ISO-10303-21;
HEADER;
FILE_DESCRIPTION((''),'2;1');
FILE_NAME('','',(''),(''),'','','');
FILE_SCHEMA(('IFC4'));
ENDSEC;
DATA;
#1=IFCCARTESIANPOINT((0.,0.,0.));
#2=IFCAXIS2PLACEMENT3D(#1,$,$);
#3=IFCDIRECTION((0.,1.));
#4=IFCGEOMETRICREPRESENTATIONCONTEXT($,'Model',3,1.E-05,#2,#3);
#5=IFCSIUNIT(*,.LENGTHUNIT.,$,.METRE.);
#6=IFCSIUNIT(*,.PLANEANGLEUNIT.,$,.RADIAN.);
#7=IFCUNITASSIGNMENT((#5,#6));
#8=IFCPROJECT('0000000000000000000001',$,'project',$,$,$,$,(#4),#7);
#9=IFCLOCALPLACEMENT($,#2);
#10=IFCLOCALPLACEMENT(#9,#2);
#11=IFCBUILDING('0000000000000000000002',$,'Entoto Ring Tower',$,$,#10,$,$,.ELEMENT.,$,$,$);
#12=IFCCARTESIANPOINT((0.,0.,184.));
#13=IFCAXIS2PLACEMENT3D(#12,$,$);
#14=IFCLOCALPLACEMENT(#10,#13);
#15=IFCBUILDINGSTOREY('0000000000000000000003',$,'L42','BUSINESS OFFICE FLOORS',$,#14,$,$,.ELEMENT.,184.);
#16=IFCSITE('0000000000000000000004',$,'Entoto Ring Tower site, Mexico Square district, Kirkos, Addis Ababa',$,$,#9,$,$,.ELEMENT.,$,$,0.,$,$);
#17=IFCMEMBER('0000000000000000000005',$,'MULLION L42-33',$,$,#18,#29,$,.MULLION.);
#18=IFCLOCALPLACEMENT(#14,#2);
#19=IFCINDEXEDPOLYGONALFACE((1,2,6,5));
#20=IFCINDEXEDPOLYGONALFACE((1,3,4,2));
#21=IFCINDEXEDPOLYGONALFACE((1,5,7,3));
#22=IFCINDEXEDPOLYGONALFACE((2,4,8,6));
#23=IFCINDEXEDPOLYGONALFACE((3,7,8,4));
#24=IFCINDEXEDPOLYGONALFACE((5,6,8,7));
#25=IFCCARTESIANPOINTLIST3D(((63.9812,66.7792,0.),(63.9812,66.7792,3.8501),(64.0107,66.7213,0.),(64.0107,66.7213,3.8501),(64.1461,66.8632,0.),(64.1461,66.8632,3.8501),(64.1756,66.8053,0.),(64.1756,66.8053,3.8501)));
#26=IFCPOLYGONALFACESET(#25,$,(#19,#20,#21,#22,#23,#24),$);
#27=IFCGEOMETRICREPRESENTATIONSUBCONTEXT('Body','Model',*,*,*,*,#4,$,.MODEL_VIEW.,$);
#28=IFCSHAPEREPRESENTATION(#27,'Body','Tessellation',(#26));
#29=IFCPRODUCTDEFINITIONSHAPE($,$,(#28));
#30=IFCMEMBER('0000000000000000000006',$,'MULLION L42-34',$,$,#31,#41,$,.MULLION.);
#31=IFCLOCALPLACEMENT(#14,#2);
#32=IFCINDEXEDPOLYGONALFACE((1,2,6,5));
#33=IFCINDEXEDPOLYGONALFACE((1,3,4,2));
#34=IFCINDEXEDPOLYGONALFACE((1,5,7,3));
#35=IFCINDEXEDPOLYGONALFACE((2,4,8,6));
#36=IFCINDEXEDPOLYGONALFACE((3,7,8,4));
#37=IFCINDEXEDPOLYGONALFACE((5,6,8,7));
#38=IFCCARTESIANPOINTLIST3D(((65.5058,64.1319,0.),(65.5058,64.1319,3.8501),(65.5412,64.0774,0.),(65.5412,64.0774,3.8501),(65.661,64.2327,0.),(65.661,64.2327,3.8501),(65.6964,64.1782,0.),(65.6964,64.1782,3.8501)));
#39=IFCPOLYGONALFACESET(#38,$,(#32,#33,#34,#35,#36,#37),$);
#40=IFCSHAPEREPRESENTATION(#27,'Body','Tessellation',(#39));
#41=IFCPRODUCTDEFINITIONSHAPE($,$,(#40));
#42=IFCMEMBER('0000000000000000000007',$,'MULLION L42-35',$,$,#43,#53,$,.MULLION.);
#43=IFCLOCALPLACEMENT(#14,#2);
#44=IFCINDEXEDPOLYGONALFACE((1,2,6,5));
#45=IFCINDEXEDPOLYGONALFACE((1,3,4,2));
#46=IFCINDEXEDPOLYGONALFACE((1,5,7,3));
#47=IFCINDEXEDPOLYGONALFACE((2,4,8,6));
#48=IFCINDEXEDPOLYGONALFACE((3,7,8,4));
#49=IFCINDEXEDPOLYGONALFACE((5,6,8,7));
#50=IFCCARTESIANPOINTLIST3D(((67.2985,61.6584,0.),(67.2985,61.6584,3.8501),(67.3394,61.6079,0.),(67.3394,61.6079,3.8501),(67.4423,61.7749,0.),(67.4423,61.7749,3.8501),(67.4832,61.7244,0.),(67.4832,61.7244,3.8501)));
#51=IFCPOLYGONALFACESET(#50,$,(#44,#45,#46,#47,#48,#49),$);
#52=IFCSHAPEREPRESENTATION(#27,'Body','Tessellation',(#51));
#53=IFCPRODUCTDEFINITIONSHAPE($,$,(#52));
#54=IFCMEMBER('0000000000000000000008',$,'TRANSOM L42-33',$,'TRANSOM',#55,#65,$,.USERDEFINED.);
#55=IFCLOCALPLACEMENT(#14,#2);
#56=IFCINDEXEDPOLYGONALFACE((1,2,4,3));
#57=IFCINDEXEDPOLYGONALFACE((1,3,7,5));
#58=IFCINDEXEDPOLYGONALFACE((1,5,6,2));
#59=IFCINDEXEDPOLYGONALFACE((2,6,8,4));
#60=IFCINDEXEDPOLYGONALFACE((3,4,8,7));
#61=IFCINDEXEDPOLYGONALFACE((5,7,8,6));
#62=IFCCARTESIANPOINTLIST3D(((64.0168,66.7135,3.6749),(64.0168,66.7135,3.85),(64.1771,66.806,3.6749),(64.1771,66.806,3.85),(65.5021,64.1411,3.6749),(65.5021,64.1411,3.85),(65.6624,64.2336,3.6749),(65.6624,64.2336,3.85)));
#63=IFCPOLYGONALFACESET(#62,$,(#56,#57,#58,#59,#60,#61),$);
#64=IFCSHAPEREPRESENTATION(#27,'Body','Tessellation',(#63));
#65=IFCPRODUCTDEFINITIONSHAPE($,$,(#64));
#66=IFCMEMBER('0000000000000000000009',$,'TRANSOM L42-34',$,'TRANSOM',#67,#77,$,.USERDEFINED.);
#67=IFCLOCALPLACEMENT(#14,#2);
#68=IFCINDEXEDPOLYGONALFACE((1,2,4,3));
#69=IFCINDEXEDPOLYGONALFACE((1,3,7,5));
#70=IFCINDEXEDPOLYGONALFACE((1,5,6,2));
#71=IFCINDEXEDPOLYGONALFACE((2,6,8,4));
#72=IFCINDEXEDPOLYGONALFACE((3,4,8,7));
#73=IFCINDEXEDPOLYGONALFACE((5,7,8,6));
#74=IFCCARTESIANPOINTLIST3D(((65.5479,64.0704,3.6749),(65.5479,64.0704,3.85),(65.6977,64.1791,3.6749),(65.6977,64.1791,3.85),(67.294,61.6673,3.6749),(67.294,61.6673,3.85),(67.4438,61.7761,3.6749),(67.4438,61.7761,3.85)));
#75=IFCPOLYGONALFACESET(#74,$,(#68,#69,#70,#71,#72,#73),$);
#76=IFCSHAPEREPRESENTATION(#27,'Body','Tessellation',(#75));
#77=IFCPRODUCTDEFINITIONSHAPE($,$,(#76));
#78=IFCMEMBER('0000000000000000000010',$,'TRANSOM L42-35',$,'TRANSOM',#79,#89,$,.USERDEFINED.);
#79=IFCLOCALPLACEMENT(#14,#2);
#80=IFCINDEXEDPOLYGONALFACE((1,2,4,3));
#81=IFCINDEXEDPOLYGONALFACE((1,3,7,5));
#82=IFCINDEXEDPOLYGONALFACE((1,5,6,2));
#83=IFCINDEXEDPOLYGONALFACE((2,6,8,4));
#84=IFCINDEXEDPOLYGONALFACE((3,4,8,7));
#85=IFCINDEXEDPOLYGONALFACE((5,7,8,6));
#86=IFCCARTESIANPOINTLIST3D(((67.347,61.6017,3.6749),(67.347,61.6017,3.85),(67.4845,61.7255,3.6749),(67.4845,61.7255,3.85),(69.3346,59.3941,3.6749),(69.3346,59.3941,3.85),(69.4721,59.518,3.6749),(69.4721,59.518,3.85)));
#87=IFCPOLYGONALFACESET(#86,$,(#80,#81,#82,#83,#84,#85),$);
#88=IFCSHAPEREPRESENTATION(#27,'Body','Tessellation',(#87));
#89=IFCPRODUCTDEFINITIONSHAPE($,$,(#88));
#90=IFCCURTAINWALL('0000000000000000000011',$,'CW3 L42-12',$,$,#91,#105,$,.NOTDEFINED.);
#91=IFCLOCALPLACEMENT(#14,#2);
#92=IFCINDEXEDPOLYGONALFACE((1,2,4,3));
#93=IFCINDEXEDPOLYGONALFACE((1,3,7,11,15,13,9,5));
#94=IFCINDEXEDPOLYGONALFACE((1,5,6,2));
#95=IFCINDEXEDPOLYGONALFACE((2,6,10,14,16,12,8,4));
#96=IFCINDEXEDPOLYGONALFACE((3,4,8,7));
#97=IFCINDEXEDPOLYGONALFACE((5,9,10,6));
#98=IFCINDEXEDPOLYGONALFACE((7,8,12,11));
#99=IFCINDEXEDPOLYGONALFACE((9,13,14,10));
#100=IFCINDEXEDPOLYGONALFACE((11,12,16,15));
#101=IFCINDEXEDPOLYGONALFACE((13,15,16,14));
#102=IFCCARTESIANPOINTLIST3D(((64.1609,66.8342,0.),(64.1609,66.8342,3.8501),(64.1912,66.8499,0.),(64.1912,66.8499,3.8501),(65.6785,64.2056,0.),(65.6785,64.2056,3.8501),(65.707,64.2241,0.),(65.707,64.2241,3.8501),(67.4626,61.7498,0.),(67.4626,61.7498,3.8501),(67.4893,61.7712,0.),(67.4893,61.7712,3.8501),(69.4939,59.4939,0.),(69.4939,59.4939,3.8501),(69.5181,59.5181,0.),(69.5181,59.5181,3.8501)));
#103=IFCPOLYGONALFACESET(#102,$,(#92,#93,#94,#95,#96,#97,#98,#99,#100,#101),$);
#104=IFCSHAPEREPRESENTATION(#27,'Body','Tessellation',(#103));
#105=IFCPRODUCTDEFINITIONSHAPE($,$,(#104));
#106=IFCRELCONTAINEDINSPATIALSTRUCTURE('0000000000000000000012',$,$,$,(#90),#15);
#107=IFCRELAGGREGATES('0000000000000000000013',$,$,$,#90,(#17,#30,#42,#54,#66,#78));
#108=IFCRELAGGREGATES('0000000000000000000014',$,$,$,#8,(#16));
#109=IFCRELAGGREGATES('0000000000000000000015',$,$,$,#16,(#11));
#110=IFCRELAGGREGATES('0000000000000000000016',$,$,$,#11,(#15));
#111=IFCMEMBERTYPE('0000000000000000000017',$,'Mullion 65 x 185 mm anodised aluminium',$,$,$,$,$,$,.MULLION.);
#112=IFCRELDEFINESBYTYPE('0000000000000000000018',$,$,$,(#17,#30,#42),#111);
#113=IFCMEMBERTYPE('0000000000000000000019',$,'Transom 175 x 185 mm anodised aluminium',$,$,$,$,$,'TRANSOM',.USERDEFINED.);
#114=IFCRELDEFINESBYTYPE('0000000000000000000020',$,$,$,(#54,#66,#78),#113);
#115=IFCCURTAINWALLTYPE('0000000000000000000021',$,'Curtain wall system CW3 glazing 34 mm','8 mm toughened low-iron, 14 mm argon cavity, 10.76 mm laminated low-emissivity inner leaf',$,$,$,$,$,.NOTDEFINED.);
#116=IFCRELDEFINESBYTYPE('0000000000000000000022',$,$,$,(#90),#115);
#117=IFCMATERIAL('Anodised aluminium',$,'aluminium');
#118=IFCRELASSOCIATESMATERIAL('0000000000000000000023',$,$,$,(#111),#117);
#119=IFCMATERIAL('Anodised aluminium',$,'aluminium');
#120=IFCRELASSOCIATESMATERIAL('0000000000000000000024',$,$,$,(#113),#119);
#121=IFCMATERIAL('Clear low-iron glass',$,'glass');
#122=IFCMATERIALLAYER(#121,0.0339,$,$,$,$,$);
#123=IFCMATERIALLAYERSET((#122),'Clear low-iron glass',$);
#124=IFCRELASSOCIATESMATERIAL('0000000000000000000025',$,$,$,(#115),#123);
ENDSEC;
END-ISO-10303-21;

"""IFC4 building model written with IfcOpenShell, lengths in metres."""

from ifc_helpers import new_model, si_unit, direction, frame, origin, origin_2d, place, context, subcontext, project, spatial, polyline, rectangle, outline, extrude, material, layer, layer_set, material_profile, profile_set, type_object, element, aggregate, save


model = new_model("IFC4")

# Units and contexts
model_context = context("Model", 3, precision=1e-05, world=origin(), true_north=direction((0.0, 1.0)))
body_context = subcontext(model_context, "Body", "Model", "MODEL_VIEW")
ifc_project = project(units=[si_unit("LENGTHUNIT", "METRE"), si_unit("PLANEANGLEUNIT", "RADIAN")], contexts=[model_context])

# Members
ifc_material_1 = material(Name="Anodised aluminium", Category="aluminium")
ifc_material_profile_1 = material_profile(ifc_material_1, rectangle(XDim=0.0649, YDim=0.1851, at=origin_2d()), Name="Mullion 65 x 185 mm anodised aluminium")
ifc_profile_set_1 = profile_set([ifc_material_profile_1], Name="Anodised aluminium")
member_type_1 = type_object("IfcMemberType", Name="Mullion 65 x 185 mm anodised aluminium", PredefinedType="MULLION", material=ifc_profile_set_1)
site_placement = place(None, origin())
building_placement = place(site_placement, origin())
storey_placement = place(building_placement, frame((0.0, 0.0, 184.0)))
member_1_placement = place(storey_placement, frame((64.0784, 66.7922, 0.0), z_axis=(0.0, 0.0, 1.0), x_axis=(0.45399, -0.891007, 0.0)))
member_1 = element("IfcMember", 1, at=member_1_placement, type_object=member_type_1, Name="MULLION L42-33", PredefinedType="MULLION", context=body_context, shape_type="SweptSolid", body=[
    extrude(rectangle(XDim=0.0649, YDim=0.1851, at=origin_2d()), origin(), (0.0, 0.0, 1.0), 3.8501),
])
member_2_placement = place(storey_placement, frame((65.6011, 64.155, 0.0), z_axis=(0.0, 0.0, 1.0), x_axis=(0.544639, -0.838671, 0.0)))
member_2 = element("IfcMember", 2, at=member_2_placement, type_object=member_type_1, Name="MULLION L42-34", PredefinedType="MULLION", context=body_context, shape_type="SweptSolid", body=[
    extrude(rectangle(XDim=0.0649, YDim=0.1851, at=origin_2d()), origin(), (0.0, 0.0, 1.0), 3.8501),
])
member_3_placement = place(storey_placement, frame((67.3909, 61.6914, 0.0), z_axis=(0.0, 0.0, 1.0), x_axis=(0.62932, -0.777146, 0.0)))
member_3 = element("IfcMember", 3, at=member_3_placement, type_object=member_type_1, Name="MULLION L42-35", PredefinedType="MULLION", context=body_context, shape_type="SweptSolid", body=[
    extrude(rectangle(XDim=0.0649, YDim=0.1851, at=origin_2d()), origin(), (0.0, 0.0, 1.0), 3.8501),
])
ifc_material_2 = material(Name="Anodised aluminium", Category="aluminium")
ifc_material_profile_2 = material_profile(ifc_material_2, rectangle(XDim=0.1851, YDim=0.175, at=origin_2d()), Name="Transom 175 x 185 mm anodised aluminium")
ifc_profile_set_2 = profile_set([ifc_material_profile_2], Name="Anodised aluminium")
member_type_2 = type_object("IfcMemberType", Name="Transom 175 x 185 mm anodised aluminium", ElementType="TRANSOM", PredefinedType="USERDEFINED", material=ifc_profile_set_2)
member_4_placement = place(storey_placement, frame((64.0969, 66.7598, 3.7625), z_axis=(0.500028, -0.866009, 0.0), x_axis=(0.866009, 0.500028, 0.0)))
member_4 = element("IfcMember", 4, at=member_4_placement, type_object=member_type_2, Name="TRANSOM L42-33", ObjectType="TRANSOM", PredefinedType="USERDEFINED", context=body_context, shape_type="SweptSolid", body=[
    extrude(rectangle(XDim=0.1851, YDim=0.175, at=origin_2d()), origin(), (0.0, 0.0, 1.0), 2.9705),
])
member_5_placement = place(storey_placement, frame((65.6228, 64.1248, 3.7625), z_axis=(0.58782, -0.808992, 0.0), x_axis=(0.808992, 0.58782, 0.0)))
member_5 = element("IfcMember", 5, at=member_5_placement, type_object=member_type_2, Name="TRANSOM L42-34", ObjectType="TRANSOM", PredefinedType="USERDEFINED", context=body_context, shape_type="SweptSolid", body=[
    extrude(rectangle(XDim=0.1851, YDim=0.175, at=origin_2d()), origin(), (0.0, 0.0, 1.0), 2.9705),
])
member_6_placement = place(storey_placement, frame((67.4158, 61.6636, 3.7625), z_axis=(0.66911, -0.743163, 0.0), x_axis=(0.743163, 0.66911, 0.0)))
member_6 = element("IfcMember", 6, at=member_6_placement, type_object=member_type_2, Name="TRANSOM L42-35", ObjectType="TRANSOM", PredefinedType="USERDEFINED", context=body_context, shape_type="SweptSolid", body=[
    extrude(rectangle(XDim=0.1851, YDim=0.175, at=origin_2d()), origin(), (0.0, 0.0, 1.0), 2.9705),
])

# Site, building, storey
site = spatial("IfcSite", under=ifc_project, at=site_placement, Name="Entoto Ring Tower site, Mexico Square district, Kirkos, Addis Ababa", CompositionType="ELEMENT", RefElevation=0.0)
building = spatial("IfcBuilding", under=site, at=building_placement, Name="Entoto Ring Tower", CompositionType="ELEMENT")
storey = spatial("IfcBuildingStorey", under=building, at=storey_placement, Name="L42", Description="BUSINESS OFFICE FLOORS", CompositionType="ELEMENT", Elevation=184.0)

# Curtain wall
ifc_material_3 = material(Name="Clear low-iron glass", Category="glass")
ifc_layer = layer(ifc_material_3, 0.0339)
ifc_layer_set = layer_set([ifc_layer], Name="Clear low-iron glass")
curtain_wall_type = type_object("IfcCurtainWallType", Name="Curtain wall system CW3 glazing 34 mm", Description="8 mm toughened low-iron, 14 mm argon cavity, 10.76 mm laminated low-emissivity inner leaf", PredefinedType="NOTDEFINED", material=ifc_layer_set)
curtain_wall_1_placement = place(storey_placement, origin())
curtain_wall_1 = element("IfcCurtainWall", 7, at=curtain_wall_1_placement, inside=storey, type_object=curtain_wall_type, Name="CW3 L42-12", PredefinedType="NOTDEFINED", context=body_context, shape_type="SweptSolid", body=[
    extrude(outline(polyline([(64.1609, 66.8342), (65.6785, 64.2056), (67.4626, 61.7498), (69.4939, 59.4939), (69.5181, 59.5181), (67.4893, 61.7712), (65.707, 64.2241), (64.1912, 66.8499), (64.1609, 66.8342)])), origin(), (0.0, 0.0, 1.0), 3.8501),
])
aggregate(curtain_wall_1, [member_1, member_2, member_3, member_4, member_5, member_6])

save(model, "model.ifc")
